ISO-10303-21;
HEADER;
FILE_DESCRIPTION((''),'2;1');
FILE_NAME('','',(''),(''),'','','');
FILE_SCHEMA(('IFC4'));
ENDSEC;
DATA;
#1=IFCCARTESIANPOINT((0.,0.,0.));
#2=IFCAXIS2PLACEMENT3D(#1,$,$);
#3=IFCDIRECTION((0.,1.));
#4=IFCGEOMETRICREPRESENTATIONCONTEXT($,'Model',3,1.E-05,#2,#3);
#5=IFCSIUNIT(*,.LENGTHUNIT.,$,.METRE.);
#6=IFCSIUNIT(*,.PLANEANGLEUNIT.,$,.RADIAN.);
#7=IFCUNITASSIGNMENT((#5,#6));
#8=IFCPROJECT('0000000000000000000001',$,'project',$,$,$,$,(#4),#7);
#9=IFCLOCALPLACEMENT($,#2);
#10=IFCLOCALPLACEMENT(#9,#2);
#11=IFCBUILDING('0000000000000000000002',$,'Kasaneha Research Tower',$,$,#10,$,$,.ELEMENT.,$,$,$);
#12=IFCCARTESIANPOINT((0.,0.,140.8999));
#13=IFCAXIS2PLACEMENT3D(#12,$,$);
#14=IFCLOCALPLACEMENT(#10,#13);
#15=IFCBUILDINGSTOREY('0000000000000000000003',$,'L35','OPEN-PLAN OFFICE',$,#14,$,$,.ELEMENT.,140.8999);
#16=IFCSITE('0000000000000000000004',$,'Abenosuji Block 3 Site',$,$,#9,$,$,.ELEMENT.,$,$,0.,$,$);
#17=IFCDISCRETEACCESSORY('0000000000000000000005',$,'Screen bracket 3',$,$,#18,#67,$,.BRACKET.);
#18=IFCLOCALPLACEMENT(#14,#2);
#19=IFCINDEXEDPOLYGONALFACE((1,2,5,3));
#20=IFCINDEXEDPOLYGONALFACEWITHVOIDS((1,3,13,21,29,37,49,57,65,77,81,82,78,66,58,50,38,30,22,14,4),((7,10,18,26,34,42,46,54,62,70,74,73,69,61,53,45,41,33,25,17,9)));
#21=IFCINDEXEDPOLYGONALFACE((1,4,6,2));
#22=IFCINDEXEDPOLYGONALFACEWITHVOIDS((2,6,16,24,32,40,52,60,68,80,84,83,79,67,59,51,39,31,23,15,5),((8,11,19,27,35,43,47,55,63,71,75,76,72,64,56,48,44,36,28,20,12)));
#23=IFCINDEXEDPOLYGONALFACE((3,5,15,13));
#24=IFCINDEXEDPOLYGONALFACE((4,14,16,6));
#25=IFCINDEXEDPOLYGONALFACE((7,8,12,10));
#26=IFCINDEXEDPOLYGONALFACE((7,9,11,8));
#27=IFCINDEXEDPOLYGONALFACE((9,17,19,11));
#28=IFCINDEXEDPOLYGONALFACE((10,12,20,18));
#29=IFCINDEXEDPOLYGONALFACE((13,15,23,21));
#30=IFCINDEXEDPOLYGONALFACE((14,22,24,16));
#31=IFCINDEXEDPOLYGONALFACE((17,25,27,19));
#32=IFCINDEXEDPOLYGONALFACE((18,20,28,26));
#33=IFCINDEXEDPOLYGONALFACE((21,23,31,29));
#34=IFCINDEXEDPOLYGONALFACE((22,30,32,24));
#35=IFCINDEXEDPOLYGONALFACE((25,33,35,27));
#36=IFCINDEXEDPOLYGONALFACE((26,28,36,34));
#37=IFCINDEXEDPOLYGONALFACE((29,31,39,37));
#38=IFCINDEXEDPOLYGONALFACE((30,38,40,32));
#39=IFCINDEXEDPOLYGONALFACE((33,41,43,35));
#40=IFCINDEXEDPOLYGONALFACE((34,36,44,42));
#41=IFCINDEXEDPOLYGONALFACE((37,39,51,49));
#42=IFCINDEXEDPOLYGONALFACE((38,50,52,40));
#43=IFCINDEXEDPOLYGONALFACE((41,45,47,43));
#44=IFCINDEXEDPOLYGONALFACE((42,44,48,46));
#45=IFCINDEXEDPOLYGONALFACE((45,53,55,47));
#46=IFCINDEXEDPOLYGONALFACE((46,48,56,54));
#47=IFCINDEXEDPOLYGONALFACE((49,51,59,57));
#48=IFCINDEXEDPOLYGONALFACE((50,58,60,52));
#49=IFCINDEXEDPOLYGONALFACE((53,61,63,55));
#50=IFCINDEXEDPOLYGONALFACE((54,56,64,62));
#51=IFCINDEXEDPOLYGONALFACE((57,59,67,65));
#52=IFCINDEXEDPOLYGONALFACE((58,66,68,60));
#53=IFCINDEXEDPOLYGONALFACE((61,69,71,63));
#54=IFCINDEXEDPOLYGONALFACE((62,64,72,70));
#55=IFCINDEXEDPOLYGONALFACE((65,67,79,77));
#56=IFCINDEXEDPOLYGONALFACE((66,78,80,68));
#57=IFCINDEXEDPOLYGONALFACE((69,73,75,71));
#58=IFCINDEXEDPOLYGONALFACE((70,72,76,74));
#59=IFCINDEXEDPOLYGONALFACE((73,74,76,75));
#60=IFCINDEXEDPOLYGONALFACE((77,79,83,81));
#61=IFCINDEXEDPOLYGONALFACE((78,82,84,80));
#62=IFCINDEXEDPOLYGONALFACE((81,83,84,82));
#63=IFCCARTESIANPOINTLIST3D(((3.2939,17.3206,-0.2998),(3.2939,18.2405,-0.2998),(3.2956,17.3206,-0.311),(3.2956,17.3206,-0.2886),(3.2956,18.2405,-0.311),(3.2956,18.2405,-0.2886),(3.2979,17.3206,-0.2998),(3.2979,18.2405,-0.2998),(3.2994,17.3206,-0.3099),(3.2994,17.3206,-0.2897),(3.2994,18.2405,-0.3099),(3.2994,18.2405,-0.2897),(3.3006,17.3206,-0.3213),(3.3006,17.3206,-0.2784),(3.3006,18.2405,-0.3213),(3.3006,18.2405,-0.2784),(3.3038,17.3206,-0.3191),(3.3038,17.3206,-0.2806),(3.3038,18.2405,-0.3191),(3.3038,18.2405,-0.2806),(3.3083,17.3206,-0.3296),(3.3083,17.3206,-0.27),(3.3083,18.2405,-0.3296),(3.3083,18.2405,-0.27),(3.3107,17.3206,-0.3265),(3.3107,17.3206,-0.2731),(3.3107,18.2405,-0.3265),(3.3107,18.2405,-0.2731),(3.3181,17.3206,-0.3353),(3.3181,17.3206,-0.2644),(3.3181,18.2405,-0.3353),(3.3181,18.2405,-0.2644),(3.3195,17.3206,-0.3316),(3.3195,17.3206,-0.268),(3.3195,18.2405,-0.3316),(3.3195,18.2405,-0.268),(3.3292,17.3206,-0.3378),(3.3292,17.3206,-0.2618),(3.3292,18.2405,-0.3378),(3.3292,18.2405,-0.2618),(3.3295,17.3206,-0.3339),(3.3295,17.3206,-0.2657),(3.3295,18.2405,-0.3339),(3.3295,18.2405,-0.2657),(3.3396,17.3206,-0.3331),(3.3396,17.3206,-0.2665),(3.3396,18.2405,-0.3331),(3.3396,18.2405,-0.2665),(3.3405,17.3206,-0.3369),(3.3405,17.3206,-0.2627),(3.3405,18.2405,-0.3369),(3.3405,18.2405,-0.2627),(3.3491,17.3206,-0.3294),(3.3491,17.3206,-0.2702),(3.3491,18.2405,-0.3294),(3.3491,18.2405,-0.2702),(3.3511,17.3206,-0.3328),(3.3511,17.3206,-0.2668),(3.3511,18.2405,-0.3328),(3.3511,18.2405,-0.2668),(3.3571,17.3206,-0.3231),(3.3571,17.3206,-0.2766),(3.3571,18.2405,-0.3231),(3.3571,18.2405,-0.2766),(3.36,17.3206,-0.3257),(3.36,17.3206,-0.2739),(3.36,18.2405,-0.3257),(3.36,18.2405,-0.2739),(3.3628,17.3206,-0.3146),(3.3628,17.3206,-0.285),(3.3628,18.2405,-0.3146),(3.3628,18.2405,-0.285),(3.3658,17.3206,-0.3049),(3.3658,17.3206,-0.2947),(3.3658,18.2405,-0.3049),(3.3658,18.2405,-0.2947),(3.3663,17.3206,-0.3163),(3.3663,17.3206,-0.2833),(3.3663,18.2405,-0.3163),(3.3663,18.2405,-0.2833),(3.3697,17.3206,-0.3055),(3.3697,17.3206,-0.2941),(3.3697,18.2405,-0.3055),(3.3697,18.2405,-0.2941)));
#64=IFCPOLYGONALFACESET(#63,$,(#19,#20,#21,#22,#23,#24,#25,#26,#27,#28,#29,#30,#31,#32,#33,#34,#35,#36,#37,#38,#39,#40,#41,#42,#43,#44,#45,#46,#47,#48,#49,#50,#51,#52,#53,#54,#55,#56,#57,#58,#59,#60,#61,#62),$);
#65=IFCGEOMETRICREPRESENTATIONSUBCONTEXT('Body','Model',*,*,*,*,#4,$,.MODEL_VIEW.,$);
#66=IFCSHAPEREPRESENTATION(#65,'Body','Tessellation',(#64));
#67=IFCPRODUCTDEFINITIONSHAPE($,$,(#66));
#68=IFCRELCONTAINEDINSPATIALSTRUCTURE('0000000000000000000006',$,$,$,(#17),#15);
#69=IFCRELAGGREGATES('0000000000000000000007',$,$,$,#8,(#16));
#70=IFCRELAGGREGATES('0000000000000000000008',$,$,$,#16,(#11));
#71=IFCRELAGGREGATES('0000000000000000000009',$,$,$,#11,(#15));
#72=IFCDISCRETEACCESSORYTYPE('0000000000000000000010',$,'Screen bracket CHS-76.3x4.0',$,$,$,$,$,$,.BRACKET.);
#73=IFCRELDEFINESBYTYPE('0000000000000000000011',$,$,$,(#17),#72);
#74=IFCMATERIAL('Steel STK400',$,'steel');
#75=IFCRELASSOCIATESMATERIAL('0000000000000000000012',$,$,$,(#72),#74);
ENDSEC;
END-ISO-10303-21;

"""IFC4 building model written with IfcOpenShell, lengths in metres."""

from ifc_helpers import new_model, si_unit, direction, frame, origin, origin_2d, place, context, subcontext, project, spatial, hollow_circle, extrude, material, material_profile, profile_set, type_object, element, save


model = new_model("IFC4")

# Units and contexts
model_context = context("Model", 3, precision=1e-05, world=origin(), true_north=direction((0.0, 1.0)))
body_context = subcontext(model_context, "Body", "Model", "MODEL_VIEW")
ifc_project = project(units=[si_unit("LENGTHUNIT", "METRE"), si_unit("PLANEANGLEUNIT", "RADIAN")], contexts=[model_context])

# Site, building, storey
site_placement = place(None, origin())
site = spatial("IfcSite", under=ifc_project, at=site_placement, Name="Abenosuji Block 3 Site", CompositionType="ELEMENT", RefElevation=0.0)
building_placement = place(site_placement, origin())
building = spatial("IfcBuilding", under=site, at=building_placement, Name="Kasaneha Research Tower", CompositionType="ELEMENT")
storey_placement = place(building_placement, frame((0.0, 0.0, 140.8999)))
storey = spatial("IfcBuildingStorey", under=building, at=storey_placement, Name="L35", Description="OPEN-PLAN OFFICE", CompositionType="ELEMENT", Elevation=140.8999)

# Discrete accessory
ifc_material_1 = material(Name="Steel STK400", Category="steel")
ifc_material_profile_1 = material_profile(ifc_material_1, hollow_circle(Radius=0.0381, WallThickness=0.0039, at=origin_2d()), Name="CHS-76.3x4.0")
ifc_profile_set_1 = profile_set([ifc_material_profile_1], Name="Steel STK400")
discrete_accessory_type = type_object("IfcDiscreteAccessoryType", Name="Screen bracket CHS-76.3x4.0", PredefinedType="BRACKET", material=ifc_profile_set_1)
for number, where, z_axis, x_axis, name in (
    (1, (3.332, 17.3206, -0.2998), (0.0, 1.0, 0.0), (-1.0, 0.0, 0.0), "Screen bracket 3"),
):
    element("IfcDiscreteAccessory", number, at=place(storey_placement, frame(where, z_axis=z_axis, x_axis=x_axis)), inside=storey, type_object=discrete_accessory_type, Name=name, PredefinedType="BRACKET", context=body_context, shape_type="SweptSolid", body=[
        extrude(hollow_circle(Radius=0.0381, WallThickness=0.0039, at=origin_2d()), origin(), (0.0, 0.0, 1.0), 0.9199),
    ])

save(model, "model.ifc")
